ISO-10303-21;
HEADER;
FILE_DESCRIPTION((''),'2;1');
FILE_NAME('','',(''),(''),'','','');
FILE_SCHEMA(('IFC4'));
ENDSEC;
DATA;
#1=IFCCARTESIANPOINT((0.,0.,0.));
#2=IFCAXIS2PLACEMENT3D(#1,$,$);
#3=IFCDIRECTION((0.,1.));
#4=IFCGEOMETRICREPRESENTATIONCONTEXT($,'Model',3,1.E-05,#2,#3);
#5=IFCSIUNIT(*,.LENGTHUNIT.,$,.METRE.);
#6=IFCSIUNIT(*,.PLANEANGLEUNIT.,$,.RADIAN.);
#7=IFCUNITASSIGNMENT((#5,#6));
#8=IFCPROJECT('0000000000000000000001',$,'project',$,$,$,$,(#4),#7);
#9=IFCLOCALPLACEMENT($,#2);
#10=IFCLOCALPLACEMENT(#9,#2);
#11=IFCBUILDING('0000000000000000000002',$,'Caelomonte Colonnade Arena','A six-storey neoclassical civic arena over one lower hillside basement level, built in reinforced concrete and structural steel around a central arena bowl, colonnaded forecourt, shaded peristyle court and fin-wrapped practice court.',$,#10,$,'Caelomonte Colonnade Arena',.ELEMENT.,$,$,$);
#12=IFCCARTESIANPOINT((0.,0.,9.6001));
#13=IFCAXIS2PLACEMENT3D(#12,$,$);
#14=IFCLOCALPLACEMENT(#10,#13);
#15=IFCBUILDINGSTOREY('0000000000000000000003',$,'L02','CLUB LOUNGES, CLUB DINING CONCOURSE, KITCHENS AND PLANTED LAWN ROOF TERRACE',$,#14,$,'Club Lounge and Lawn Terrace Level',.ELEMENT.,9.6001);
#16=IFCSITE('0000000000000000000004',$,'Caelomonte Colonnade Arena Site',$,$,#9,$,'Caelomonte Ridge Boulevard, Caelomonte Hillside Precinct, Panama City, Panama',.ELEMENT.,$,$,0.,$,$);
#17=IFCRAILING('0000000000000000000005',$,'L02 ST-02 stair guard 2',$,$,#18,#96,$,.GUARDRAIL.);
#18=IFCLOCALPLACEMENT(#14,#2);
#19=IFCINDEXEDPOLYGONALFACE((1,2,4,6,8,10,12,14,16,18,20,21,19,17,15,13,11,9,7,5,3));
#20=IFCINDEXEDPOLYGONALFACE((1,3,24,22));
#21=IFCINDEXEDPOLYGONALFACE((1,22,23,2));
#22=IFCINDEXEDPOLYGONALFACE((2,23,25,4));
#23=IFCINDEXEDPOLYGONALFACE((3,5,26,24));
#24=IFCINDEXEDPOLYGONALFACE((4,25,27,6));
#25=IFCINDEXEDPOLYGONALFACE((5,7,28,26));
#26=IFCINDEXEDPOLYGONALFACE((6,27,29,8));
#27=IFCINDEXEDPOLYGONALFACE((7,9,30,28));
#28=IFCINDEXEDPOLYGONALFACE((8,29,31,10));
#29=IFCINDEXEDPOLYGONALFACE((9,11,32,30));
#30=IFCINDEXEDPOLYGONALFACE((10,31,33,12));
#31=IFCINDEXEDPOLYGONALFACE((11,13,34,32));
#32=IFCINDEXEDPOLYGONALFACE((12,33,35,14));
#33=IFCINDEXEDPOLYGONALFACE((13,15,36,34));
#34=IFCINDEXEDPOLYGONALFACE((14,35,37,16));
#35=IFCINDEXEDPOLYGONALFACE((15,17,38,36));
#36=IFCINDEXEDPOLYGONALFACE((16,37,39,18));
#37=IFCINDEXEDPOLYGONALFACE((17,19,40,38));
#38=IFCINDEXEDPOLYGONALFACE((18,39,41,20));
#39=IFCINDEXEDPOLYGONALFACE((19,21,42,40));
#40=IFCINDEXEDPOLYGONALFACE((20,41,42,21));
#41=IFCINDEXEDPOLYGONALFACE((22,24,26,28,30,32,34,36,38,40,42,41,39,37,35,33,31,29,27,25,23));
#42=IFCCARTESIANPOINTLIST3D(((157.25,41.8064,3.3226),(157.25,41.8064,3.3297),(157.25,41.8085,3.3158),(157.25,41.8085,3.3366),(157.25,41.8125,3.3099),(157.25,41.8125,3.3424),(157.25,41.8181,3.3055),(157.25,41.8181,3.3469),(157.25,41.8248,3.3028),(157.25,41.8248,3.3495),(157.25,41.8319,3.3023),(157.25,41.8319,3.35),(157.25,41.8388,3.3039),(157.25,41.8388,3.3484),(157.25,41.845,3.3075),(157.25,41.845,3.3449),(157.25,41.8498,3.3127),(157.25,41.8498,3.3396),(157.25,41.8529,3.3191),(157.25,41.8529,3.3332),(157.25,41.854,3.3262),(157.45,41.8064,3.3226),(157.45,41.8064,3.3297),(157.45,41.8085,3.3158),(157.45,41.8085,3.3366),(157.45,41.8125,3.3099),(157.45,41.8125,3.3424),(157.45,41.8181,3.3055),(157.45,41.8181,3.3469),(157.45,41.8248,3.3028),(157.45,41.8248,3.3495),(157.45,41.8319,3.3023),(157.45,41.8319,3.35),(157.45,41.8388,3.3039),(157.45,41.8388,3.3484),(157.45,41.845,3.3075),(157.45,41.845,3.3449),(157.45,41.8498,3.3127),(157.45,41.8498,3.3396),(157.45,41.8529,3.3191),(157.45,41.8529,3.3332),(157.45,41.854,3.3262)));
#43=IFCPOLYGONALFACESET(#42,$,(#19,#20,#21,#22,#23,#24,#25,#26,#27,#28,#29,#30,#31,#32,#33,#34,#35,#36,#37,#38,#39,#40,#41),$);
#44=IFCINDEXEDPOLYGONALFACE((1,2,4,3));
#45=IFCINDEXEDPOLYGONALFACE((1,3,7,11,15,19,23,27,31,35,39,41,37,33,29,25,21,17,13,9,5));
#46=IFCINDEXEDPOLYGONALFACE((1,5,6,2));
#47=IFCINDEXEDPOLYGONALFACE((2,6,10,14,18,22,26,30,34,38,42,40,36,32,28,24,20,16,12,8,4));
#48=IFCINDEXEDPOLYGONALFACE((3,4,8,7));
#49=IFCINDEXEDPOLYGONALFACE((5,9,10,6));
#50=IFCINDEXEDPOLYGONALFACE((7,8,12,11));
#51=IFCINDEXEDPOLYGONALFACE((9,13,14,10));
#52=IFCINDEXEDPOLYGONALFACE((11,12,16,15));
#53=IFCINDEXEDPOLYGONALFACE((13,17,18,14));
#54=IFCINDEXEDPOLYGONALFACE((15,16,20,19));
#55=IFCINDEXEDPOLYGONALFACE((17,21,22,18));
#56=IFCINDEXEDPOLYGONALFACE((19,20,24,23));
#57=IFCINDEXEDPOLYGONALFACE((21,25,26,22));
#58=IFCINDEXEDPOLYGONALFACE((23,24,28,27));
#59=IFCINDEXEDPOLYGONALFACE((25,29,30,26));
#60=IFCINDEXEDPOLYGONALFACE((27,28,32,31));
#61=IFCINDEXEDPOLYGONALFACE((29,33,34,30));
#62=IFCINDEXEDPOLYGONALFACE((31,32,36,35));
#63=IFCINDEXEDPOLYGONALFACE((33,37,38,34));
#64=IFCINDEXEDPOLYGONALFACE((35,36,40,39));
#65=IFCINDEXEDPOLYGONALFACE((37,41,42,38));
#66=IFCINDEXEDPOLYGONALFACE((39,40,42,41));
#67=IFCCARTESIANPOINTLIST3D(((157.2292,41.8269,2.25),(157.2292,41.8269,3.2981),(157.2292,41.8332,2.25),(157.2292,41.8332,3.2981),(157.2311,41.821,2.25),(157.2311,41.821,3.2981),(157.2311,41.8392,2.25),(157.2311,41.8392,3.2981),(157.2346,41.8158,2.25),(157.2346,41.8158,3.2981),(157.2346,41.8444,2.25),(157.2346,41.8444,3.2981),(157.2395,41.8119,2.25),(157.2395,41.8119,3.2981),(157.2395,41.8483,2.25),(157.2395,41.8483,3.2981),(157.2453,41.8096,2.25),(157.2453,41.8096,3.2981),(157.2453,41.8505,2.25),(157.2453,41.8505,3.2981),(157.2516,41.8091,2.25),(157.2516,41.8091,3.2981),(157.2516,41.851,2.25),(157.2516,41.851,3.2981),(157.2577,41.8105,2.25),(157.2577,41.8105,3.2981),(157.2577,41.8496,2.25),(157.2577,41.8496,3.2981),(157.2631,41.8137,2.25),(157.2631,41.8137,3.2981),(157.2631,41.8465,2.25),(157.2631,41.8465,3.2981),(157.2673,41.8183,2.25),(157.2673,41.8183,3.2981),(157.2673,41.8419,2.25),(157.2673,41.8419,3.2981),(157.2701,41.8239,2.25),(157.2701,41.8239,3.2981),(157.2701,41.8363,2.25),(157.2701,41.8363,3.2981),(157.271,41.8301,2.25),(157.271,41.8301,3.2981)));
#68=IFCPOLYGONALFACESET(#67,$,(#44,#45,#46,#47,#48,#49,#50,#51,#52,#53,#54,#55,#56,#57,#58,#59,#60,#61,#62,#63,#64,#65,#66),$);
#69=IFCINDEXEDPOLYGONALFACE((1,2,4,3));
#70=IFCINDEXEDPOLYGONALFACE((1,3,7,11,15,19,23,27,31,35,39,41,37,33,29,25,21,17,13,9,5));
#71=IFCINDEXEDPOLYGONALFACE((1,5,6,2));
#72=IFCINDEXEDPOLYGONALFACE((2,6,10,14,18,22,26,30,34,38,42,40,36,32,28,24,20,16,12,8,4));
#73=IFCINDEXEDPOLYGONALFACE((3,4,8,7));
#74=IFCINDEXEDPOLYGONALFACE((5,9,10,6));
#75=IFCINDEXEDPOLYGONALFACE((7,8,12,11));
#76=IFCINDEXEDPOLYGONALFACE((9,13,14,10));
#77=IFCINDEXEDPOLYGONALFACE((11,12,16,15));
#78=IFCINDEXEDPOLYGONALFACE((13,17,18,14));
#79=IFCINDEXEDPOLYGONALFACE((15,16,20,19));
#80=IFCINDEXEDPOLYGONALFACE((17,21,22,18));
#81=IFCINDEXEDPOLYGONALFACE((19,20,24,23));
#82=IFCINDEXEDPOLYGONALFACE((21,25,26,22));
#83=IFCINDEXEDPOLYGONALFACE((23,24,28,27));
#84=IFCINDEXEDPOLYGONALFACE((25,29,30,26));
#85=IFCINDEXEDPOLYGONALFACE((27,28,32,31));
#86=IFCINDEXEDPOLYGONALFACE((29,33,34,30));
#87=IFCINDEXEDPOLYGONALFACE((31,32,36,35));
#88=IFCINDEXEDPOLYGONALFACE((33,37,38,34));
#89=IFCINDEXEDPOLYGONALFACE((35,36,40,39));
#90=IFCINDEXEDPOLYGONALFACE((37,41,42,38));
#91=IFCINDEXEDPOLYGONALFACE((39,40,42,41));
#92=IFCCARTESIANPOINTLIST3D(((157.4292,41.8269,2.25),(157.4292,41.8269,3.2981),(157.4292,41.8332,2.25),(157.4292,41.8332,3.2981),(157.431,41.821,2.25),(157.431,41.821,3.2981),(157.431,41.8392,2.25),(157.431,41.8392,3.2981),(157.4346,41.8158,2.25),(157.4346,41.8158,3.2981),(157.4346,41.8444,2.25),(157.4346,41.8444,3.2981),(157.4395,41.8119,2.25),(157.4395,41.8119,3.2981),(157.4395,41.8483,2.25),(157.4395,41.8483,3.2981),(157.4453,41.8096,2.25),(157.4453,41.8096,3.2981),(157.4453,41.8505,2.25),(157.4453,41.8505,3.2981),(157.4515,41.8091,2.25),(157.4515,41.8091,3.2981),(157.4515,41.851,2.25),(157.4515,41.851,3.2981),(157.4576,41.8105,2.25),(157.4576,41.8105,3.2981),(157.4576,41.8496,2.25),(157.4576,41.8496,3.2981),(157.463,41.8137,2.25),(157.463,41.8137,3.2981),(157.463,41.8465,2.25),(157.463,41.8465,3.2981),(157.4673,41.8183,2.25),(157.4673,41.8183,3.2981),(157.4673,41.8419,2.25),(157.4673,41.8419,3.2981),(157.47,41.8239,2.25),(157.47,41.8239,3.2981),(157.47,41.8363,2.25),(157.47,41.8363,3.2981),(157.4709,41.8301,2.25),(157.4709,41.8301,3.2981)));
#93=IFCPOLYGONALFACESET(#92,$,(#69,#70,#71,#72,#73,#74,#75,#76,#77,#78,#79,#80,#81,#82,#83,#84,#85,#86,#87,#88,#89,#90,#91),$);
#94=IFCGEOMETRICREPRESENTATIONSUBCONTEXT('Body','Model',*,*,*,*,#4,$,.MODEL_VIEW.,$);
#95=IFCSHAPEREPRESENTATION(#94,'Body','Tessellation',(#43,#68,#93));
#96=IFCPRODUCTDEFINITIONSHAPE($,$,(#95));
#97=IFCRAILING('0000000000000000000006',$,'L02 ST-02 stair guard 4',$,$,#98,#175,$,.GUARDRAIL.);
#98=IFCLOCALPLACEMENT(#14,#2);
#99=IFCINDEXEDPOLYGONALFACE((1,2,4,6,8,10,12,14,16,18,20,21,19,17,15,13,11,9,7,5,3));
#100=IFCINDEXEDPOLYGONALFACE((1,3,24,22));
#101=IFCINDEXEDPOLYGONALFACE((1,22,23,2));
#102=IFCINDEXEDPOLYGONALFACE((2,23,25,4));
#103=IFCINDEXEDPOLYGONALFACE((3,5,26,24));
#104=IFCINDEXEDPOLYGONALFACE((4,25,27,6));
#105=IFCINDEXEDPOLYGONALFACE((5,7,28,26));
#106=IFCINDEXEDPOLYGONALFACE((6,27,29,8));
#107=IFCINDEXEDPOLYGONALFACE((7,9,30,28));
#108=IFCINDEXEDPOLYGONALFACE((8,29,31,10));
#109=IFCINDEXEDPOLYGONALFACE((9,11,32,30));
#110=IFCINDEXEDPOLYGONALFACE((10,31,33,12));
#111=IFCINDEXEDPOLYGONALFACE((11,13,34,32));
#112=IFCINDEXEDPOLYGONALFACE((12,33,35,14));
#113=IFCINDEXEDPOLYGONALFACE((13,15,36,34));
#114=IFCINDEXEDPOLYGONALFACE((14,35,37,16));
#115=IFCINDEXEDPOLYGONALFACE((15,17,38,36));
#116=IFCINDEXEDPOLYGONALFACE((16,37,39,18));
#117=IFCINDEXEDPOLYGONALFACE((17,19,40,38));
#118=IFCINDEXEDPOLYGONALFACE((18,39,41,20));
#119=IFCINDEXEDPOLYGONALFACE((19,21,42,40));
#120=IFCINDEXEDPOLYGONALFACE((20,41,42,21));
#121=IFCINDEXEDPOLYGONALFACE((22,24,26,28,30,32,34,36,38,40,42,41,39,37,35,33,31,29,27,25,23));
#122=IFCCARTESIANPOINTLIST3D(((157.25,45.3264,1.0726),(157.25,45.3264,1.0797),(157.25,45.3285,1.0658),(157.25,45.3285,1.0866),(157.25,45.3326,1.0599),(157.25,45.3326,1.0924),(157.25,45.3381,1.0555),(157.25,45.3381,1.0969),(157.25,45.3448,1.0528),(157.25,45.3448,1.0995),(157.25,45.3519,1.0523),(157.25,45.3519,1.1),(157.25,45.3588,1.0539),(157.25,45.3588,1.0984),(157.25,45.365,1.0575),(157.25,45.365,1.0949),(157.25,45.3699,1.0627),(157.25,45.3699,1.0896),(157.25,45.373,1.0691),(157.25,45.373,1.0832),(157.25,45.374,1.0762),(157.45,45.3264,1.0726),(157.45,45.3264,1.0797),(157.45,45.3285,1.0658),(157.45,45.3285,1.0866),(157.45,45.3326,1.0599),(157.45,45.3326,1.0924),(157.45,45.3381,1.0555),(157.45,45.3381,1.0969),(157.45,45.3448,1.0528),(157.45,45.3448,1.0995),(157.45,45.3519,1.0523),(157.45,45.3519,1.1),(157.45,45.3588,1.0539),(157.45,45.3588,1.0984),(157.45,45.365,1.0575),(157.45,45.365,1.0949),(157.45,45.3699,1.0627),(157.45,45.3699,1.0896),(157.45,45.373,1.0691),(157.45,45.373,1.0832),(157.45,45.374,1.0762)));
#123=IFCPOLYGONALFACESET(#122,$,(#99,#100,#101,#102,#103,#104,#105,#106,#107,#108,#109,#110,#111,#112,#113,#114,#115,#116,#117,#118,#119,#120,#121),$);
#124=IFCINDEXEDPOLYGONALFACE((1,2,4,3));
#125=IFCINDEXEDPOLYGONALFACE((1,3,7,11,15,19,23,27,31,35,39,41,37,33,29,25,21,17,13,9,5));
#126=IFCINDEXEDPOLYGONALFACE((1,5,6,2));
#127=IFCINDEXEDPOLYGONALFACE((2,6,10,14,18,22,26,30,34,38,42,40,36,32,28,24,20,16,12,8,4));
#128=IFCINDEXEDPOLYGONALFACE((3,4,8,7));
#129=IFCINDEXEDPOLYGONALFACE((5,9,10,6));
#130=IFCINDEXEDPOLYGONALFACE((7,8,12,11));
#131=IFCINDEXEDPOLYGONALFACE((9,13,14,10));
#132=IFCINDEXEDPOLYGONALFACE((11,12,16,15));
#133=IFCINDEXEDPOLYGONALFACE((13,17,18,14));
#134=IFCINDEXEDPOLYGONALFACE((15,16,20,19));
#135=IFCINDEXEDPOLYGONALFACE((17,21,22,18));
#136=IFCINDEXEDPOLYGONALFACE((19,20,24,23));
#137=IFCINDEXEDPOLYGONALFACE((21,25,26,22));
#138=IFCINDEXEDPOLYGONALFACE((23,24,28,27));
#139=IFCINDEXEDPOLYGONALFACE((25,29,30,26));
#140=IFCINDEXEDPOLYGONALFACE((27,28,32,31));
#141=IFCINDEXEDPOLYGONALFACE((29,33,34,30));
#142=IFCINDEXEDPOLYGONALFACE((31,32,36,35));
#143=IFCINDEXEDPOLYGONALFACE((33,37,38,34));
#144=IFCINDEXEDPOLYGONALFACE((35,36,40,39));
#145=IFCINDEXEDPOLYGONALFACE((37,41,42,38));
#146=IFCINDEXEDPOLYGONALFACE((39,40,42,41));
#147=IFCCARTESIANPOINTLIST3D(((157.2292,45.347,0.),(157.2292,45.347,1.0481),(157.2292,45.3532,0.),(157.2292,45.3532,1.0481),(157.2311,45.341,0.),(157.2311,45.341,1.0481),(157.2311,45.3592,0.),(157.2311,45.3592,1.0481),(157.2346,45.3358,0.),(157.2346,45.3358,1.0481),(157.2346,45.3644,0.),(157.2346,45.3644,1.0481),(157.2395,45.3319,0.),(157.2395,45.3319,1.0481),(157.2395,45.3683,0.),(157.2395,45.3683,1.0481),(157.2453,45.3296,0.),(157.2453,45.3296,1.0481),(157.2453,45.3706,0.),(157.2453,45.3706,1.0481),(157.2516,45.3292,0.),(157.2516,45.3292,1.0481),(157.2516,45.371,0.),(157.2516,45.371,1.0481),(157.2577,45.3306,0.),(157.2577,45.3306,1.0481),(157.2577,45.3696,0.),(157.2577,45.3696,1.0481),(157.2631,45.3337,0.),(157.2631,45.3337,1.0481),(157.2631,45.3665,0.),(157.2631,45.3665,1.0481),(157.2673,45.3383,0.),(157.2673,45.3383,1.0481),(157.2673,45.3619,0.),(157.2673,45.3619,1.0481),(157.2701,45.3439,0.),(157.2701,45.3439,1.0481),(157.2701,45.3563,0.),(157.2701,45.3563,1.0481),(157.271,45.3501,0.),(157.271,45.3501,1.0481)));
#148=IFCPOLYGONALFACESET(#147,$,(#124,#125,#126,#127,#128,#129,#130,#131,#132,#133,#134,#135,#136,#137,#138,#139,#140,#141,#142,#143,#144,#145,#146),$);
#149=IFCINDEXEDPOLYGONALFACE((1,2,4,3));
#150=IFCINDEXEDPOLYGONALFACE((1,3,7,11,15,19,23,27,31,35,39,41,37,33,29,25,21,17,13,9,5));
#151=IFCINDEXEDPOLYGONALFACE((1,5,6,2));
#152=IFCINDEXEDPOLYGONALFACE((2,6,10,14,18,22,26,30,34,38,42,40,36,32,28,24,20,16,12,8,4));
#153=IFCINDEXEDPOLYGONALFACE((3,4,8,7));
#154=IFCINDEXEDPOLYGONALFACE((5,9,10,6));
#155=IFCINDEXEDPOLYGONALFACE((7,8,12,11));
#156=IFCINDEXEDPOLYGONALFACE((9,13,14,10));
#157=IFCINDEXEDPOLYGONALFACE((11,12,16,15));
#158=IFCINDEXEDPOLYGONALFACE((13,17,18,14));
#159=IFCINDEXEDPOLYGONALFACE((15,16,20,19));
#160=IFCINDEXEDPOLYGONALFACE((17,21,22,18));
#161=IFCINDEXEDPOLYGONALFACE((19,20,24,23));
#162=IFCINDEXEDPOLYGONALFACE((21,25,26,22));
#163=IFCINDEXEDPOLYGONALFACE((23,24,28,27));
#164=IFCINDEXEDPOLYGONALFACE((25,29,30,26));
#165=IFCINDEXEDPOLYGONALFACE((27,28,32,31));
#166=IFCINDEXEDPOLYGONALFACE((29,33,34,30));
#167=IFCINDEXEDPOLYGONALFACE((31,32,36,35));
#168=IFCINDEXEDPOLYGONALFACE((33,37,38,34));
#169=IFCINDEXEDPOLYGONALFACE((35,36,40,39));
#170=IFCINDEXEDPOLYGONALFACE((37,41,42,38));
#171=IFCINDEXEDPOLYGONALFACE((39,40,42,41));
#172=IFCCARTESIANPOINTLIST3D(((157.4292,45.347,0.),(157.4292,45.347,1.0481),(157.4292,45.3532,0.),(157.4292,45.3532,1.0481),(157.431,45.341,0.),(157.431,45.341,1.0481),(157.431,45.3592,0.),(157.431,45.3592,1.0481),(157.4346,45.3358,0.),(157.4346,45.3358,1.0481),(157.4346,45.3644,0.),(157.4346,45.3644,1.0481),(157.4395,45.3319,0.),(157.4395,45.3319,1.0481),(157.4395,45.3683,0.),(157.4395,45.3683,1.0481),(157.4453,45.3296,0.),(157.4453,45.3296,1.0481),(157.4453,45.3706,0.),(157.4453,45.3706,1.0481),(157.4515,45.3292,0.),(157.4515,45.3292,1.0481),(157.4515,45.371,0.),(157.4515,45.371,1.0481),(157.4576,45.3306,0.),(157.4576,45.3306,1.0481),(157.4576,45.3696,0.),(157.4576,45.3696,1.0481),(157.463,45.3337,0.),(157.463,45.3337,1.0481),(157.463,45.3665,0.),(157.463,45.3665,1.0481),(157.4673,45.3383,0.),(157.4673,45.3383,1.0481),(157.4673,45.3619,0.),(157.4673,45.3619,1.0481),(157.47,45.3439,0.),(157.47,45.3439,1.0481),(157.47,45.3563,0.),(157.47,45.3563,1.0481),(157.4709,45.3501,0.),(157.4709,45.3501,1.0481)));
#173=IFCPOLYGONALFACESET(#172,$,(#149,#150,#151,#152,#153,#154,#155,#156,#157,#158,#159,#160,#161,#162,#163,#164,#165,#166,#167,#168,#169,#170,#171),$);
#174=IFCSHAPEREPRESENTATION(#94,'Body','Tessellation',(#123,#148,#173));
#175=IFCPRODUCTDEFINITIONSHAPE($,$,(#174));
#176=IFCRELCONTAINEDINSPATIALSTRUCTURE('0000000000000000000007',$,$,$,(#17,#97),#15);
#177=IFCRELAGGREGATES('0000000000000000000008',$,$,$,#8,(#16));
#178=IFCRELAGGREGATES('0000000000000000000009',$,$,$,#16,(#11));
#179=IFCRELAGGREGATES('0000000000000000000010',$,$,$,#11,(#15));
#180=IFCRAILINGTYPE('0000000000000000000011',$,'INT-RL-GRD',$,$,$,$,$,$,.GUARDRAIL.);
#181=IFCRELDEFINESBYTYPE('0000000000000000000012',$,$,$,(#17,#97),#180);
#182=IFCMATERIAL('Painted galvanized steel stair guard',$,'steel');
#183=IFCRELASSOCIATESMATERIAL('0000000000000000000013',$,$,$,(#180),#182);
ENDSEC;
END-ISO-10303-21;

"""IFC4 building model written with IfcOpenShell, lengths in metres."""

from ifc_helpers import new_model, si_unit, direction, frame, origin, origin_2d, place, context, subcontext, project, spatial, circle, extrude, material, type_object, element, save


model = new_model("IFC4")

# Units and contexts
model_context = context("Model", 3, precision=1e-05, world=origin(), true_north=direction((0.0, 1.0)))
body_context = subcontext(model_context, "Body", "Model", "MODEL_VIEW")
ifc_project = project(units=[si_unit("LENGTHUNIT", "METRE"), si_unit("PLANEANGLEUNIT", "RADIAN")], contexts=[model_context])

# Site, building, storey
site_placement = place(None, origin())
site = spatial("IfcSite", under=ifc_project, at=site_placement, Name="Caelomonte Colonnade Arena Site", LongName="Caelomonte Ridge Boulevard, Caelomonte Hillside Precinct, Panama City, Panama", CompositionType="ELEMENT", RefElevation=0.0)
building_placement = place(site_placement, origin())
building = spatial("IfcBuilding", under=site, at=building_placement, Name="Caelomonte Colonnade Arena", Description="A six-storey neoclassical civic arena over one lower hillside basement level, built in reinforced concrete and structural steel around a central arena bowl, colonnaded forecourt, shaded peristyle court and fin-wrapped practice court.", LongName="Caelomonte Colonnade Arena", CompositionType="ELEMENT")
storey_placement = place(building_placement, frame((0.0, 0.0, 9.6001)))
storey = spatial("IfcBuildingStorey", under=building, at=storey_placement, Name="L02", Description="CLUB LOUNGES, CLUB DINING CONCOURSE, KITCHENS AND PLANTED LAWN ROOF TERRACE", LongName="Club Lounge and Lawn Terrace Level", CompositionType="ELEMENT", Elevation=9.6001)

# Railings
ifc_material_1 = material(Name="Painted galvanized steel stair guard", Category="steel")
railing_type_1 = type_object("IfcRailingType", Name="INT-RL-GRD", PredefinedType="GUARDRAIL", material=ifc_material_1)
for number, where, name in (
    (1, (157.25, 41.8301, 2.25), "L02 ST-02 stair guard 2"),
    (2, (157.25, 45.3501, 0.0), "L02 ST-02 stair guard 4"),
):
    element("IfcRailing", number, at=place(storey_placement, frame(where)), inside=storey, type_object=railing_type_1, Name=name, PredefinedType="GUARDRAIL", context=body_context, shape_type="SweptSolid", body=[
        extrude(circle(Radius=0.0239, at=origin_2d()), frame((0.0, 0.0, 1.0762), z_axis=(1.0, 0.0, 0.0), x_axis=(0.0, 1.0, 0.0)), (0.0, 0.0, 1.0), 0.2),
        extrude(circle(Radius=0.021, at=origin_2d()), origin(), (0.0, 0.0, 1.0), 1.0481),
        extrude(circle(Radius=0.021, at=origin_2d()), frame((0.2, 0.0, 0.0)), (0.0, 0.0, 1.0), 1.0481),
    ])

save(model, "model.ifc")
